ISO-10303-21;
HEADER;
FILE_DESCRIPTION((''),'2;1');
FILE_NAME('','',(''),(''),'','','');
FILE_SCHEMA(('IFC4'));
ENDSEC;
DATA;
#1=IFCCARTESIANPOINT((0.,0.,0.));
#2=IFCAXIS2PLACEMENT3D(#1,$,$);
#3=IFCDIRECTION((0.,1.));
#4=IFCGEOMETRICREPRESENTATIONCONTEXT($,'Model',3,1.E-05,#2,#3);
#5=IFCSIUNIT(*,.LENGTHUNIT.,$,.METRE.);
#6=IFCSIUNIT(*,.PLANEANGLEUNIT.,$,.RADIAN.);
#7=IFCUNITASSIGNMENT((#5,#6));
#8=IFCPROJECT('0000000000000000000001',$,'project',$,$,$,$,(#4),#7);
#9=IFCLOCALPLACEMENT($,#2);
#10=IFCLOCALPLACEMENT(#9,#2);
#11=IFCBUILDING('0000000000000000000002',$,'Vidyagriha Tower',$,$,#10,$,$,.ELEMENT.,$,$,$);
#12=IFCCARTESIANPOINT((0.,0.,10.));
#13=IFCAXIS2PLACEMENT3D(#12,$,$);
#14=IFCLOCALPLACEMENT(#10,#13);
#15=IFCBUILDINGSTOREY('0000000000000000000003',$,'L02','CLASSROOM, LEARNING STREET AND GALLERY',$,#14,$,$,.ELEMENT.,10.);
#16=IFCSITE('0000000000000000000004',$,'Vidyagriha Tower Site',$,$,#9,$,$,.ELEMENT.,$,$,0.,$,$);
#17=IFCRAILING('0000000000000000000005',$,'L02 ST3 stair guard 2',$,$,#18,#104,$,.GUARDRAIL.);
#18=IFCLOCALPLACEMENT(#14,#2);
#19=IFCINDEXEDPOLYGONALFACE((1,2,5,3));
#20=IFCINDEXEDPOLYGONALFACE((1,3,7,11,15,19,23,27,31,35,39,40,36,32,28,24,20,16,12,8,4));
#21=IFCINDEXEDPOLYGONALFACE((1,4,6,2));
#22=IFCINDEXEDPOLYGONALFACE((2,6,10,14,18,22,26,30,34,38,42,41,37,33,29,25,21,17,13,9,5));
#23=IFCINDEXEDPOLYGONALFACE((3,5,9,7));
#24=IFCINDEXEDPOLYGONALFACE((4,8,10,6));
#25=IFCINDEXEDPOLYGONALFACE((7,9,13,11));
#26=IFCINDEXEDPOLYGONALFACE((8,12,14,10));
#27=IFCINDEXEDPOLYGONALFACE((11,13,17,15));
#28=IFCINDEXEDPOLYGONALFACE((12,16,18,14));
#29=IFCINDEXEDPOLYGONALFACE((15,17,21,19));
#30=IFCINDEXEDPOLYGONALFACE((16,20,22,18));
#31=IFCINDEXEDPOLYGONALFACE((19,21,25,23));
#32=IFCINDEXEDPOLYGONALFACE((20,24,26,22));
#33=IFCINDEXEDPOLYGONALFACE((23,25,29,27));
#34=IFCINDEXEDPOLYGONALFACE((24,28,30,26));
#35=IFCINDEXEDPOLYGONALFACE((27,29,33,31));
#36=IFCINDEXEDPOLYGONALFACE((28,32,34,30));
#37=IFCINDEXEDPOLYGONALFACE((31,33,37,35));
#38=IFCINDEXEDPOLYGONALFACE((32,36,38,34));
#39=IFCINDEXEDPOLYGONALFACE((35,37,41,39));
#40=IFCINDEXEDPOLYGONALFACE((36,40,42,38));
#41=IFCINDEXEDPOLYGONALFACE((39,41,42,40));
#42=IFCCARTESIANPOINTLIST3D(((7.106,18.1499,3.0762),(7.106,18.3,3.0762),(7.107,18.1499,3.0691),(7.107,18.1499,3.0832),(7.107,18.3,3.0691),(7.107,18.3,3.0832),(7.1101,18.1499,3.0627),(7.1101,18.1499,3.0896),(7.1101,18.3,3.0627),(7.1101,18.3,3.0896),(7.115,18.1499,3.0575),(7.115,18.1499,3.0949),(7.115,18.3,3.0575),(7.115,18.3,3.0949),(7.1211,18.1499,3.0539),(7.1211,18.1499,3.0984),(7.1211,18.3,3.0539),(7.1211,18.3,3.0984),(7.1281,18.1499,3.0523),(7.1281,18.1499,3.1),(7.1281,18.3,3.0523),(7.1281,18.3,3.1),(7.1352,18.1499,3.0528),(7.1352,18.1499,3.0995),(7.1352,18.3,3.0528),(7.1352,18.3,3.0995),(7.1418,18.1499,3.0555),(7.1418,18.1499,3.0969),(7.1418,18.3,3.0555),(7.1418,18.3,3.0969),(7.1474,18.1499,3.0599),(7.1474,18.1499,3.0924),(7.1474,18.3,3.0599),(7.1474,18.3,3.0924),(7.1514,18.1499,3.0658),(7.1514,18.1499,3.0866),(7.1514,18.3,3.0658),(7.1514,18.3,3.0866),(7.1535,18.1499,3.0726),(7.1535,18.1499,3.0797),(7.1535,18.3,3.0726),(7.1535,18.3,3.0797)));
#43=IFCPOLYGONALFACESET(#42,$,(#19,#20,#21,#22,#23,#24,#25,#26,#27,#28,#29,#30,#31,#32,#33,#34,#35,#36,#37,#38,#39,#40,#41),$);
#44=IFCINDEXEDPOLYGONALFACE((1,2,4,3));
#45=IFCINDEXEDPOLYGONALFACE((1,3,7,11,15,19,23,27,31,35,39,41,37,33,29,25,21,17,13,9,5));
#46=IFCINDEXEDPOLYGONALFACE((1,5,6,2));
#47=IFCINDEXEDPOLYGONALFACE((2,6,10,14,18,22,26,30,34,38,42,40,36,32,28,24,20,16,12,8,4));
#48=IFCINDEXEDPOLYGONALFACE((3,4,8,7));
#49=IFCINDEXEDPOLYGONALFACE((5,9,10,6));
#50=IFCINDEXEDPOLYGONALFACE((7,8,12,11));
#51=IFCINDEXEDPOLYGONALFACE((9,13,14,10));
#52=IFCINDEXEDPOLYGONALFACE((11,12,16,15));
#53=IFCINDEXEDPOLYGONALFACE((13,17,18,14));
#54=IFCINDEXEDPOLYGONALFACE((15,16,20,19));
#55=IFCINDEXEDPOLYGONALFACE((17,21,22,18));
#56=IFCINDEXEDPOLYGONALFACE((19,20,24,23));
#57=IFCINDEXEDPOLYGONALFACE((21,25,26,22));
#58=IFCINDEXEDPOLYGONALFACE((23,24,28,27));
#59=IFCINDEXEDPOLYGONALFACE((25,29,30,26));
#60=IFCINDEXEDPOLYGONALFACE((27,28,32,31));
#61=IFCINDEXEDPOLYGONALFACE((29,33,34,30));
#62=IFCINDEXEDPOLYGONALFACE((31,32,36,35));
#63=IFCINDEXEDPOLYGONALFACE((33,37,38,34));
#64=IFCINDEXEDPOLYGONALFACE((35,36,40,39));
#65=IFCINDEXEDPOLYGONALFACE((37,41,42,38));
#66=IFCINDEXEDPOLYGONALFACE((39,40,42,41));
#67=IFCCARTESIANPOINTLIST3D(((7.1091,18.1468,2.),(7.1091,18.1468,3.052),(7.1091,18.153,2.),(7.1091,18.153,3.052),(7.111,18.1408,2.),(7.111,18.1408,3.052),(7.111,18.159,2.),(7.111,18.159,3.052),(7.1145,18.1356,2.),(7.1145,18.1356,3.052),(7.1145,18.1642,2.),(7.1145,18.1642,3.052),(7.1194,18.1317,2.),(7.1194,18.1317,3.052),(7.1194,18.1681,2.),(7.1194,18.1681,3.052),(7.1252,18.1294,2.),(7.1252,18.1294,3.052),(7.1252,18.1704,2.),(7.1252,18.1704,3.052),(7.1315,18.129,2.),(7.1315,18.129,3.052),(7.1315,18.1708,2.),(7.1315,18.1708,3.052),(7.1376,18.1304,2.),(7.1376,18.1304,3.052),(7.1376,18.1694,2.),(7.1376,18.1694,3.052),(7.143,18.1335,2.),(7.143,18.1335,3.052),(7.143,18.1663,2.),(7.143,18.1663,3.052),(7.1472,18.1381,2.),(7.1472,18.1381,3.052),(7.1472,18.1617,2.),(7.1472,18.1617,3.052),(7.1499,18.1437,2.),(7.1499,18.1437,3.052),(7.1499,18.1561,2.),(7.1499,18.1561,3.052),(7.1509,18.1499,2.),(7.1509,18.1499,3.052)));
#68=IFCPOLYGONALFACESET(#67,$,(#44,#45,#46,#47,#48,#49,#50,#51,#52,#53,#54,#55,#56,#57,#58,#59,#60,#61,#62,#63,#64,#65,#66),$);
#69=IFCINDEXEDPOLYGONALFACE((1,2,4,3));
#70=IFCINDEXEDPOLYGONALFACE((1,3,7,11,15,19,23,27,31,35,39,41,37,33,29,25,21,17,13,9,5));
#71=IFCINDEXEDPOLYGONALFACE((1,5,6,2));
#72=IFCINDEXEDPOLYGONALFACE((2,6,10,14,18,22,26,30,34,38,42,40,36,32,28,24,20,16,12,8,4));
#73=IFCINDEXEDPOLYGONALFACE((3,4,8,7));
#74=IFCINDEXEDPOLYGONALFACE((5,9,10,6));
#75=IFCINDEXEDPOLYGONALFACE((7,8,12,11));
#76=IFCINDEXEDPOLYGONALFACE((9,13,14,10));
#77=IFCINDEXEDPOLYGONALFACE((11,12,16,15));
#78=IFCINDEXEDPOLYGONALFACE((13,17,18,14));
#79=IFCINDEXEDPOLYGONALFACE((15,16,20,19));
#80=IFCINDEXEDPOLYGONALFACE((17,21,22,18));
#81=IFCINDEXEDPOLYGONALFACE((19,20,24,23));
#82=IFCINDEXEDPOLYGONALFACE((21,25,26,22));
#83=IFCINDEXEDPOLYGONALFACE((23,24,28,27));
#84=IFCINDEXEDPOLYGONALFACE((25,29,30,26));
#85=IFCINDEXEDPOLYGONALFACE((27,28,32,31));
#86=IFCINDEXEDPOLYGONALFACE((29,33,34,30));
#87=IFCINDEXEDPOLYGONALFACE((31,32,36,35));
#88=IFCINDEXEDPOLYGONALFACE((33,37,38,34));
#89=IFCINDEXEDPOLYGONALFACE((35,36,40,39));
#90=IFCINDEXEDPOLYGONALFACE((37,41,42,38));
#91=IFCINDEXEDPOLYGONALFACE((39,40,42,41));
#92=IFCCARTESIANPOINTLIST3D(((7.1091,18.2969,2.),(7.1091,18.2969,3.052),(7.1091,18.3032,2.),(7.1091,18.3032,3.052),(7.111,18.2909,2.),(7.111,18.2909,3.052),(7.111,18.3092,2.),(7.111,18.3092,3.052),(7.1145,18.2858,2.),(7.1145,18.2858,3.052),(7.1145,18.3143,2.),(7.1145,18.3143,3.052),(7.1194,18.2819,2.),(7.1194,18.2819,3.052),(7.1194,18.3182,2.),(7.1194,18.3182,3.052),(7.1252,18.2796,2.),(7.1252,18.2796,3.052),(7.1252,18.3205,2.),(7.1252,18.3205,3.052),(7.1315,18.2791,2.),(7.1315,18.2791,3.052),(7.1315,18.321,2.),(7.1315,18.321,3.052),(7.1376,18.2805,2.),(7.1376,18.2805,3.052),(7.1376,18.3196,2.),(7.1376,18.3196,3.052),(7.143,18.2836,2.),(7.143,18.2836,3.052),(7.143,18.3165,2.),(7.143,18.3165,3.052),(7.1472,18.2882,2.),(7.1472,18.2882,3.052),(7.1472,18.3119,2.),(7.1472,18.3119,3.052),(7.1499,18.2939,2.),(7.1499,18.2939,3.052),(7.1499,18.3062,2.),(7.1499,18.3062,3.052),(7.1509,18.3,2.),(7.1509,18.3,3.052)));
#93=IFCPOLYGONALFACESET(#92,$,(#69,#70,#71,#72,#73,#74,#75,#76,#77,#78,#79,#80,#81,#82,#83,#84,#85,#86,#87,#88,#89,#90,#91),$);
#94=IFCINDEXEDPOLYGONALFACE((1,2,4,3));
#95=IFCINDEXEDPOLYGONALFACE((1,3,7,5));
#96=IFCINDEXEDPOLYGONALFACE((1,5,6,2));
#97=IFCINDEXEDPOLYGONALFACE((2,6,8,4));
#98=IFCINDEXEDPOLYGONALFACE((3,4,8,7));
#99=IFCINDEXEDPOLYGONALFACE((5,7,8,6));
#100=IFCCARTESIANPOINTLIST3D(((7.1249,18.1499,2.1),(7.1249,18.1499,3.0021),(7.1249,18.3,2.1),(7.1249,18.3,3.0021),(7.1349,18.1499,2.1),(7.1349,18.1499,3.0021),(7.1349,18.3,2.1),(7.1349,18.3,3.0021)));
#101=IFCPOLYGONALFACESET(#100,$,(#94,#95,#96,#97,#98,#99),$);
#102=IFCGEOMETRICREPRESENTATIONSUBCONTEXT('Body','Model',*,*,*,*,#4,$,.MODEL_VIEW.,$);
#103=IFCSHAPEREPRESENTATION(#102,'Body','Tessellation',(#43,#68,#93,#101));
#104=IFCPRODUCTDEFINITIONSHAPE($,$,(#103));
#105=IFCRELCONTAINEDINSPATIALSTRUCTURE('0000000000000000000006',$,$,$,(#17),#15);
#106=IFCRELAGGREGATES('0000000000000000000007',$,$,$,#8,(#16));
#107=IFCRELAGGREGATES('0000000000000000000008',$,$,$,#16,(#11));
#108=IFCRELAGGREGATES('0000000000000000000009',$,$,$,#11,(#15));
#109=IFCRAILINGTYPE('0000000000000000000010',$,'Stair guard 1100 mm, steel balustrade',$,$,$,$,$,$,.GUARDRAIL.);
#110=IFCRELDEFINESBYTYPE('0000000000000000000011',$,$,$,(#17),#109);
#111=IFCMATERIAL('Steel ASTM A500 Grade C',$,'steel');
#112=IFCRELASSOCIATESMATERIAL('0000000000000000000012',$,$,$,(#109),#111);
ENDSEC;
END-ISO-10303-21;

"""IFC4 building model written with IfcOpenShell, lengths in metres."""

from ifc_helpers import new_model, si_unit, direction, frame, origin, origin_2d, place, context, subcontext, project, spatial, rectangle, circle, extrude, material, type_object, element, save


model = new_model("IFC4")

# Units and contexts
model_context = context("Model", 3, precision=1e-05, world=origin(), true_north=direction((0.0, 1.0)))
body_context = subcontext(model_context, "Body", "Model", "MODEL_VIEW")
ifc_project = project(units=[si_unit("LENGTHUNIT", "METRE"), si_unit("PLANEANGLEUNIT", "RADIAN")], contexts=[model_context])

# Site, building, storey
site_placement = place(None, origin())
site = spatial("IfcSite", under=ifc_project, at=site_placement, Name="Vidyagriha Tower Site", CompositionType="ELEMENT", RefElevation=0.0)
building_placement = place(site_placement, origin())
building = spatial("IfcBuilding", under=site, at=building_placement, Name="Vidyagriha Tower", CompositionType="ELEMENT")
storey_placement = place(building_placement, frame((0.0, 0.0, 10.0)))
storey = spatial("IfcBuildingStorey", under=building, at=storey_placement, Name="L02", Description="CLASSROOM, LEARNING STREET AND GALLERY", CompositionType="ELEMENT", Elevation=10.0)

# Railing
ifc_material_1 = material(Name="Steel ASTM A500 Grade C", Category="steel")
railing_type_1 = type_object("IfcRailingType", Name="Stair guard 1100 mm, steel balustrade", PredefinedType="GUARDRAIL", material=ifc_material_1)
railing_1_placement = place(storey_placement, frame((7.1299, 18.1499, 2.0)))
element("IfcRailing", 1, at=railing_1_placement, inside=storey, type_object=railing_type_1, Name="L02 ST3 stair guard 2", PredefinedType="GUARDRAIL", context=body_context, shape_type="SweptSolid", body=[
    extrude(circle(Radius=0.0239, at=origin_2d()), frame((0.0, 0.0, 1.0762), z_axis=(0.0, 1.0, 0.0), x_axis=(-1.0, 0.0, 0.0)), (0.0, 0.0, 1.0), 0.1501),
    extrude(circle(Radius=0.021, at=origin_2d()), origin(), (0.0, 0.0, 1.0), 1.052),
    extrude(circle(Radius=0.021, at=origin_2d()), frame((0.0, 0.1501, 0.0)), (0.0, 0.0, 1.0), 1.052),
    extrude(rectangle(XDim=0.01, YDim=0.9021, at=origin_2d()), frame((0.0, 0.0, 0.551), z_axis=(0.0, 1.0, 0.0), x_axis=(-1.0, 0.0, 0.0)), (0.0, 0.0, 1.0), 0.1501),
])

save(model, "model.ifc")
